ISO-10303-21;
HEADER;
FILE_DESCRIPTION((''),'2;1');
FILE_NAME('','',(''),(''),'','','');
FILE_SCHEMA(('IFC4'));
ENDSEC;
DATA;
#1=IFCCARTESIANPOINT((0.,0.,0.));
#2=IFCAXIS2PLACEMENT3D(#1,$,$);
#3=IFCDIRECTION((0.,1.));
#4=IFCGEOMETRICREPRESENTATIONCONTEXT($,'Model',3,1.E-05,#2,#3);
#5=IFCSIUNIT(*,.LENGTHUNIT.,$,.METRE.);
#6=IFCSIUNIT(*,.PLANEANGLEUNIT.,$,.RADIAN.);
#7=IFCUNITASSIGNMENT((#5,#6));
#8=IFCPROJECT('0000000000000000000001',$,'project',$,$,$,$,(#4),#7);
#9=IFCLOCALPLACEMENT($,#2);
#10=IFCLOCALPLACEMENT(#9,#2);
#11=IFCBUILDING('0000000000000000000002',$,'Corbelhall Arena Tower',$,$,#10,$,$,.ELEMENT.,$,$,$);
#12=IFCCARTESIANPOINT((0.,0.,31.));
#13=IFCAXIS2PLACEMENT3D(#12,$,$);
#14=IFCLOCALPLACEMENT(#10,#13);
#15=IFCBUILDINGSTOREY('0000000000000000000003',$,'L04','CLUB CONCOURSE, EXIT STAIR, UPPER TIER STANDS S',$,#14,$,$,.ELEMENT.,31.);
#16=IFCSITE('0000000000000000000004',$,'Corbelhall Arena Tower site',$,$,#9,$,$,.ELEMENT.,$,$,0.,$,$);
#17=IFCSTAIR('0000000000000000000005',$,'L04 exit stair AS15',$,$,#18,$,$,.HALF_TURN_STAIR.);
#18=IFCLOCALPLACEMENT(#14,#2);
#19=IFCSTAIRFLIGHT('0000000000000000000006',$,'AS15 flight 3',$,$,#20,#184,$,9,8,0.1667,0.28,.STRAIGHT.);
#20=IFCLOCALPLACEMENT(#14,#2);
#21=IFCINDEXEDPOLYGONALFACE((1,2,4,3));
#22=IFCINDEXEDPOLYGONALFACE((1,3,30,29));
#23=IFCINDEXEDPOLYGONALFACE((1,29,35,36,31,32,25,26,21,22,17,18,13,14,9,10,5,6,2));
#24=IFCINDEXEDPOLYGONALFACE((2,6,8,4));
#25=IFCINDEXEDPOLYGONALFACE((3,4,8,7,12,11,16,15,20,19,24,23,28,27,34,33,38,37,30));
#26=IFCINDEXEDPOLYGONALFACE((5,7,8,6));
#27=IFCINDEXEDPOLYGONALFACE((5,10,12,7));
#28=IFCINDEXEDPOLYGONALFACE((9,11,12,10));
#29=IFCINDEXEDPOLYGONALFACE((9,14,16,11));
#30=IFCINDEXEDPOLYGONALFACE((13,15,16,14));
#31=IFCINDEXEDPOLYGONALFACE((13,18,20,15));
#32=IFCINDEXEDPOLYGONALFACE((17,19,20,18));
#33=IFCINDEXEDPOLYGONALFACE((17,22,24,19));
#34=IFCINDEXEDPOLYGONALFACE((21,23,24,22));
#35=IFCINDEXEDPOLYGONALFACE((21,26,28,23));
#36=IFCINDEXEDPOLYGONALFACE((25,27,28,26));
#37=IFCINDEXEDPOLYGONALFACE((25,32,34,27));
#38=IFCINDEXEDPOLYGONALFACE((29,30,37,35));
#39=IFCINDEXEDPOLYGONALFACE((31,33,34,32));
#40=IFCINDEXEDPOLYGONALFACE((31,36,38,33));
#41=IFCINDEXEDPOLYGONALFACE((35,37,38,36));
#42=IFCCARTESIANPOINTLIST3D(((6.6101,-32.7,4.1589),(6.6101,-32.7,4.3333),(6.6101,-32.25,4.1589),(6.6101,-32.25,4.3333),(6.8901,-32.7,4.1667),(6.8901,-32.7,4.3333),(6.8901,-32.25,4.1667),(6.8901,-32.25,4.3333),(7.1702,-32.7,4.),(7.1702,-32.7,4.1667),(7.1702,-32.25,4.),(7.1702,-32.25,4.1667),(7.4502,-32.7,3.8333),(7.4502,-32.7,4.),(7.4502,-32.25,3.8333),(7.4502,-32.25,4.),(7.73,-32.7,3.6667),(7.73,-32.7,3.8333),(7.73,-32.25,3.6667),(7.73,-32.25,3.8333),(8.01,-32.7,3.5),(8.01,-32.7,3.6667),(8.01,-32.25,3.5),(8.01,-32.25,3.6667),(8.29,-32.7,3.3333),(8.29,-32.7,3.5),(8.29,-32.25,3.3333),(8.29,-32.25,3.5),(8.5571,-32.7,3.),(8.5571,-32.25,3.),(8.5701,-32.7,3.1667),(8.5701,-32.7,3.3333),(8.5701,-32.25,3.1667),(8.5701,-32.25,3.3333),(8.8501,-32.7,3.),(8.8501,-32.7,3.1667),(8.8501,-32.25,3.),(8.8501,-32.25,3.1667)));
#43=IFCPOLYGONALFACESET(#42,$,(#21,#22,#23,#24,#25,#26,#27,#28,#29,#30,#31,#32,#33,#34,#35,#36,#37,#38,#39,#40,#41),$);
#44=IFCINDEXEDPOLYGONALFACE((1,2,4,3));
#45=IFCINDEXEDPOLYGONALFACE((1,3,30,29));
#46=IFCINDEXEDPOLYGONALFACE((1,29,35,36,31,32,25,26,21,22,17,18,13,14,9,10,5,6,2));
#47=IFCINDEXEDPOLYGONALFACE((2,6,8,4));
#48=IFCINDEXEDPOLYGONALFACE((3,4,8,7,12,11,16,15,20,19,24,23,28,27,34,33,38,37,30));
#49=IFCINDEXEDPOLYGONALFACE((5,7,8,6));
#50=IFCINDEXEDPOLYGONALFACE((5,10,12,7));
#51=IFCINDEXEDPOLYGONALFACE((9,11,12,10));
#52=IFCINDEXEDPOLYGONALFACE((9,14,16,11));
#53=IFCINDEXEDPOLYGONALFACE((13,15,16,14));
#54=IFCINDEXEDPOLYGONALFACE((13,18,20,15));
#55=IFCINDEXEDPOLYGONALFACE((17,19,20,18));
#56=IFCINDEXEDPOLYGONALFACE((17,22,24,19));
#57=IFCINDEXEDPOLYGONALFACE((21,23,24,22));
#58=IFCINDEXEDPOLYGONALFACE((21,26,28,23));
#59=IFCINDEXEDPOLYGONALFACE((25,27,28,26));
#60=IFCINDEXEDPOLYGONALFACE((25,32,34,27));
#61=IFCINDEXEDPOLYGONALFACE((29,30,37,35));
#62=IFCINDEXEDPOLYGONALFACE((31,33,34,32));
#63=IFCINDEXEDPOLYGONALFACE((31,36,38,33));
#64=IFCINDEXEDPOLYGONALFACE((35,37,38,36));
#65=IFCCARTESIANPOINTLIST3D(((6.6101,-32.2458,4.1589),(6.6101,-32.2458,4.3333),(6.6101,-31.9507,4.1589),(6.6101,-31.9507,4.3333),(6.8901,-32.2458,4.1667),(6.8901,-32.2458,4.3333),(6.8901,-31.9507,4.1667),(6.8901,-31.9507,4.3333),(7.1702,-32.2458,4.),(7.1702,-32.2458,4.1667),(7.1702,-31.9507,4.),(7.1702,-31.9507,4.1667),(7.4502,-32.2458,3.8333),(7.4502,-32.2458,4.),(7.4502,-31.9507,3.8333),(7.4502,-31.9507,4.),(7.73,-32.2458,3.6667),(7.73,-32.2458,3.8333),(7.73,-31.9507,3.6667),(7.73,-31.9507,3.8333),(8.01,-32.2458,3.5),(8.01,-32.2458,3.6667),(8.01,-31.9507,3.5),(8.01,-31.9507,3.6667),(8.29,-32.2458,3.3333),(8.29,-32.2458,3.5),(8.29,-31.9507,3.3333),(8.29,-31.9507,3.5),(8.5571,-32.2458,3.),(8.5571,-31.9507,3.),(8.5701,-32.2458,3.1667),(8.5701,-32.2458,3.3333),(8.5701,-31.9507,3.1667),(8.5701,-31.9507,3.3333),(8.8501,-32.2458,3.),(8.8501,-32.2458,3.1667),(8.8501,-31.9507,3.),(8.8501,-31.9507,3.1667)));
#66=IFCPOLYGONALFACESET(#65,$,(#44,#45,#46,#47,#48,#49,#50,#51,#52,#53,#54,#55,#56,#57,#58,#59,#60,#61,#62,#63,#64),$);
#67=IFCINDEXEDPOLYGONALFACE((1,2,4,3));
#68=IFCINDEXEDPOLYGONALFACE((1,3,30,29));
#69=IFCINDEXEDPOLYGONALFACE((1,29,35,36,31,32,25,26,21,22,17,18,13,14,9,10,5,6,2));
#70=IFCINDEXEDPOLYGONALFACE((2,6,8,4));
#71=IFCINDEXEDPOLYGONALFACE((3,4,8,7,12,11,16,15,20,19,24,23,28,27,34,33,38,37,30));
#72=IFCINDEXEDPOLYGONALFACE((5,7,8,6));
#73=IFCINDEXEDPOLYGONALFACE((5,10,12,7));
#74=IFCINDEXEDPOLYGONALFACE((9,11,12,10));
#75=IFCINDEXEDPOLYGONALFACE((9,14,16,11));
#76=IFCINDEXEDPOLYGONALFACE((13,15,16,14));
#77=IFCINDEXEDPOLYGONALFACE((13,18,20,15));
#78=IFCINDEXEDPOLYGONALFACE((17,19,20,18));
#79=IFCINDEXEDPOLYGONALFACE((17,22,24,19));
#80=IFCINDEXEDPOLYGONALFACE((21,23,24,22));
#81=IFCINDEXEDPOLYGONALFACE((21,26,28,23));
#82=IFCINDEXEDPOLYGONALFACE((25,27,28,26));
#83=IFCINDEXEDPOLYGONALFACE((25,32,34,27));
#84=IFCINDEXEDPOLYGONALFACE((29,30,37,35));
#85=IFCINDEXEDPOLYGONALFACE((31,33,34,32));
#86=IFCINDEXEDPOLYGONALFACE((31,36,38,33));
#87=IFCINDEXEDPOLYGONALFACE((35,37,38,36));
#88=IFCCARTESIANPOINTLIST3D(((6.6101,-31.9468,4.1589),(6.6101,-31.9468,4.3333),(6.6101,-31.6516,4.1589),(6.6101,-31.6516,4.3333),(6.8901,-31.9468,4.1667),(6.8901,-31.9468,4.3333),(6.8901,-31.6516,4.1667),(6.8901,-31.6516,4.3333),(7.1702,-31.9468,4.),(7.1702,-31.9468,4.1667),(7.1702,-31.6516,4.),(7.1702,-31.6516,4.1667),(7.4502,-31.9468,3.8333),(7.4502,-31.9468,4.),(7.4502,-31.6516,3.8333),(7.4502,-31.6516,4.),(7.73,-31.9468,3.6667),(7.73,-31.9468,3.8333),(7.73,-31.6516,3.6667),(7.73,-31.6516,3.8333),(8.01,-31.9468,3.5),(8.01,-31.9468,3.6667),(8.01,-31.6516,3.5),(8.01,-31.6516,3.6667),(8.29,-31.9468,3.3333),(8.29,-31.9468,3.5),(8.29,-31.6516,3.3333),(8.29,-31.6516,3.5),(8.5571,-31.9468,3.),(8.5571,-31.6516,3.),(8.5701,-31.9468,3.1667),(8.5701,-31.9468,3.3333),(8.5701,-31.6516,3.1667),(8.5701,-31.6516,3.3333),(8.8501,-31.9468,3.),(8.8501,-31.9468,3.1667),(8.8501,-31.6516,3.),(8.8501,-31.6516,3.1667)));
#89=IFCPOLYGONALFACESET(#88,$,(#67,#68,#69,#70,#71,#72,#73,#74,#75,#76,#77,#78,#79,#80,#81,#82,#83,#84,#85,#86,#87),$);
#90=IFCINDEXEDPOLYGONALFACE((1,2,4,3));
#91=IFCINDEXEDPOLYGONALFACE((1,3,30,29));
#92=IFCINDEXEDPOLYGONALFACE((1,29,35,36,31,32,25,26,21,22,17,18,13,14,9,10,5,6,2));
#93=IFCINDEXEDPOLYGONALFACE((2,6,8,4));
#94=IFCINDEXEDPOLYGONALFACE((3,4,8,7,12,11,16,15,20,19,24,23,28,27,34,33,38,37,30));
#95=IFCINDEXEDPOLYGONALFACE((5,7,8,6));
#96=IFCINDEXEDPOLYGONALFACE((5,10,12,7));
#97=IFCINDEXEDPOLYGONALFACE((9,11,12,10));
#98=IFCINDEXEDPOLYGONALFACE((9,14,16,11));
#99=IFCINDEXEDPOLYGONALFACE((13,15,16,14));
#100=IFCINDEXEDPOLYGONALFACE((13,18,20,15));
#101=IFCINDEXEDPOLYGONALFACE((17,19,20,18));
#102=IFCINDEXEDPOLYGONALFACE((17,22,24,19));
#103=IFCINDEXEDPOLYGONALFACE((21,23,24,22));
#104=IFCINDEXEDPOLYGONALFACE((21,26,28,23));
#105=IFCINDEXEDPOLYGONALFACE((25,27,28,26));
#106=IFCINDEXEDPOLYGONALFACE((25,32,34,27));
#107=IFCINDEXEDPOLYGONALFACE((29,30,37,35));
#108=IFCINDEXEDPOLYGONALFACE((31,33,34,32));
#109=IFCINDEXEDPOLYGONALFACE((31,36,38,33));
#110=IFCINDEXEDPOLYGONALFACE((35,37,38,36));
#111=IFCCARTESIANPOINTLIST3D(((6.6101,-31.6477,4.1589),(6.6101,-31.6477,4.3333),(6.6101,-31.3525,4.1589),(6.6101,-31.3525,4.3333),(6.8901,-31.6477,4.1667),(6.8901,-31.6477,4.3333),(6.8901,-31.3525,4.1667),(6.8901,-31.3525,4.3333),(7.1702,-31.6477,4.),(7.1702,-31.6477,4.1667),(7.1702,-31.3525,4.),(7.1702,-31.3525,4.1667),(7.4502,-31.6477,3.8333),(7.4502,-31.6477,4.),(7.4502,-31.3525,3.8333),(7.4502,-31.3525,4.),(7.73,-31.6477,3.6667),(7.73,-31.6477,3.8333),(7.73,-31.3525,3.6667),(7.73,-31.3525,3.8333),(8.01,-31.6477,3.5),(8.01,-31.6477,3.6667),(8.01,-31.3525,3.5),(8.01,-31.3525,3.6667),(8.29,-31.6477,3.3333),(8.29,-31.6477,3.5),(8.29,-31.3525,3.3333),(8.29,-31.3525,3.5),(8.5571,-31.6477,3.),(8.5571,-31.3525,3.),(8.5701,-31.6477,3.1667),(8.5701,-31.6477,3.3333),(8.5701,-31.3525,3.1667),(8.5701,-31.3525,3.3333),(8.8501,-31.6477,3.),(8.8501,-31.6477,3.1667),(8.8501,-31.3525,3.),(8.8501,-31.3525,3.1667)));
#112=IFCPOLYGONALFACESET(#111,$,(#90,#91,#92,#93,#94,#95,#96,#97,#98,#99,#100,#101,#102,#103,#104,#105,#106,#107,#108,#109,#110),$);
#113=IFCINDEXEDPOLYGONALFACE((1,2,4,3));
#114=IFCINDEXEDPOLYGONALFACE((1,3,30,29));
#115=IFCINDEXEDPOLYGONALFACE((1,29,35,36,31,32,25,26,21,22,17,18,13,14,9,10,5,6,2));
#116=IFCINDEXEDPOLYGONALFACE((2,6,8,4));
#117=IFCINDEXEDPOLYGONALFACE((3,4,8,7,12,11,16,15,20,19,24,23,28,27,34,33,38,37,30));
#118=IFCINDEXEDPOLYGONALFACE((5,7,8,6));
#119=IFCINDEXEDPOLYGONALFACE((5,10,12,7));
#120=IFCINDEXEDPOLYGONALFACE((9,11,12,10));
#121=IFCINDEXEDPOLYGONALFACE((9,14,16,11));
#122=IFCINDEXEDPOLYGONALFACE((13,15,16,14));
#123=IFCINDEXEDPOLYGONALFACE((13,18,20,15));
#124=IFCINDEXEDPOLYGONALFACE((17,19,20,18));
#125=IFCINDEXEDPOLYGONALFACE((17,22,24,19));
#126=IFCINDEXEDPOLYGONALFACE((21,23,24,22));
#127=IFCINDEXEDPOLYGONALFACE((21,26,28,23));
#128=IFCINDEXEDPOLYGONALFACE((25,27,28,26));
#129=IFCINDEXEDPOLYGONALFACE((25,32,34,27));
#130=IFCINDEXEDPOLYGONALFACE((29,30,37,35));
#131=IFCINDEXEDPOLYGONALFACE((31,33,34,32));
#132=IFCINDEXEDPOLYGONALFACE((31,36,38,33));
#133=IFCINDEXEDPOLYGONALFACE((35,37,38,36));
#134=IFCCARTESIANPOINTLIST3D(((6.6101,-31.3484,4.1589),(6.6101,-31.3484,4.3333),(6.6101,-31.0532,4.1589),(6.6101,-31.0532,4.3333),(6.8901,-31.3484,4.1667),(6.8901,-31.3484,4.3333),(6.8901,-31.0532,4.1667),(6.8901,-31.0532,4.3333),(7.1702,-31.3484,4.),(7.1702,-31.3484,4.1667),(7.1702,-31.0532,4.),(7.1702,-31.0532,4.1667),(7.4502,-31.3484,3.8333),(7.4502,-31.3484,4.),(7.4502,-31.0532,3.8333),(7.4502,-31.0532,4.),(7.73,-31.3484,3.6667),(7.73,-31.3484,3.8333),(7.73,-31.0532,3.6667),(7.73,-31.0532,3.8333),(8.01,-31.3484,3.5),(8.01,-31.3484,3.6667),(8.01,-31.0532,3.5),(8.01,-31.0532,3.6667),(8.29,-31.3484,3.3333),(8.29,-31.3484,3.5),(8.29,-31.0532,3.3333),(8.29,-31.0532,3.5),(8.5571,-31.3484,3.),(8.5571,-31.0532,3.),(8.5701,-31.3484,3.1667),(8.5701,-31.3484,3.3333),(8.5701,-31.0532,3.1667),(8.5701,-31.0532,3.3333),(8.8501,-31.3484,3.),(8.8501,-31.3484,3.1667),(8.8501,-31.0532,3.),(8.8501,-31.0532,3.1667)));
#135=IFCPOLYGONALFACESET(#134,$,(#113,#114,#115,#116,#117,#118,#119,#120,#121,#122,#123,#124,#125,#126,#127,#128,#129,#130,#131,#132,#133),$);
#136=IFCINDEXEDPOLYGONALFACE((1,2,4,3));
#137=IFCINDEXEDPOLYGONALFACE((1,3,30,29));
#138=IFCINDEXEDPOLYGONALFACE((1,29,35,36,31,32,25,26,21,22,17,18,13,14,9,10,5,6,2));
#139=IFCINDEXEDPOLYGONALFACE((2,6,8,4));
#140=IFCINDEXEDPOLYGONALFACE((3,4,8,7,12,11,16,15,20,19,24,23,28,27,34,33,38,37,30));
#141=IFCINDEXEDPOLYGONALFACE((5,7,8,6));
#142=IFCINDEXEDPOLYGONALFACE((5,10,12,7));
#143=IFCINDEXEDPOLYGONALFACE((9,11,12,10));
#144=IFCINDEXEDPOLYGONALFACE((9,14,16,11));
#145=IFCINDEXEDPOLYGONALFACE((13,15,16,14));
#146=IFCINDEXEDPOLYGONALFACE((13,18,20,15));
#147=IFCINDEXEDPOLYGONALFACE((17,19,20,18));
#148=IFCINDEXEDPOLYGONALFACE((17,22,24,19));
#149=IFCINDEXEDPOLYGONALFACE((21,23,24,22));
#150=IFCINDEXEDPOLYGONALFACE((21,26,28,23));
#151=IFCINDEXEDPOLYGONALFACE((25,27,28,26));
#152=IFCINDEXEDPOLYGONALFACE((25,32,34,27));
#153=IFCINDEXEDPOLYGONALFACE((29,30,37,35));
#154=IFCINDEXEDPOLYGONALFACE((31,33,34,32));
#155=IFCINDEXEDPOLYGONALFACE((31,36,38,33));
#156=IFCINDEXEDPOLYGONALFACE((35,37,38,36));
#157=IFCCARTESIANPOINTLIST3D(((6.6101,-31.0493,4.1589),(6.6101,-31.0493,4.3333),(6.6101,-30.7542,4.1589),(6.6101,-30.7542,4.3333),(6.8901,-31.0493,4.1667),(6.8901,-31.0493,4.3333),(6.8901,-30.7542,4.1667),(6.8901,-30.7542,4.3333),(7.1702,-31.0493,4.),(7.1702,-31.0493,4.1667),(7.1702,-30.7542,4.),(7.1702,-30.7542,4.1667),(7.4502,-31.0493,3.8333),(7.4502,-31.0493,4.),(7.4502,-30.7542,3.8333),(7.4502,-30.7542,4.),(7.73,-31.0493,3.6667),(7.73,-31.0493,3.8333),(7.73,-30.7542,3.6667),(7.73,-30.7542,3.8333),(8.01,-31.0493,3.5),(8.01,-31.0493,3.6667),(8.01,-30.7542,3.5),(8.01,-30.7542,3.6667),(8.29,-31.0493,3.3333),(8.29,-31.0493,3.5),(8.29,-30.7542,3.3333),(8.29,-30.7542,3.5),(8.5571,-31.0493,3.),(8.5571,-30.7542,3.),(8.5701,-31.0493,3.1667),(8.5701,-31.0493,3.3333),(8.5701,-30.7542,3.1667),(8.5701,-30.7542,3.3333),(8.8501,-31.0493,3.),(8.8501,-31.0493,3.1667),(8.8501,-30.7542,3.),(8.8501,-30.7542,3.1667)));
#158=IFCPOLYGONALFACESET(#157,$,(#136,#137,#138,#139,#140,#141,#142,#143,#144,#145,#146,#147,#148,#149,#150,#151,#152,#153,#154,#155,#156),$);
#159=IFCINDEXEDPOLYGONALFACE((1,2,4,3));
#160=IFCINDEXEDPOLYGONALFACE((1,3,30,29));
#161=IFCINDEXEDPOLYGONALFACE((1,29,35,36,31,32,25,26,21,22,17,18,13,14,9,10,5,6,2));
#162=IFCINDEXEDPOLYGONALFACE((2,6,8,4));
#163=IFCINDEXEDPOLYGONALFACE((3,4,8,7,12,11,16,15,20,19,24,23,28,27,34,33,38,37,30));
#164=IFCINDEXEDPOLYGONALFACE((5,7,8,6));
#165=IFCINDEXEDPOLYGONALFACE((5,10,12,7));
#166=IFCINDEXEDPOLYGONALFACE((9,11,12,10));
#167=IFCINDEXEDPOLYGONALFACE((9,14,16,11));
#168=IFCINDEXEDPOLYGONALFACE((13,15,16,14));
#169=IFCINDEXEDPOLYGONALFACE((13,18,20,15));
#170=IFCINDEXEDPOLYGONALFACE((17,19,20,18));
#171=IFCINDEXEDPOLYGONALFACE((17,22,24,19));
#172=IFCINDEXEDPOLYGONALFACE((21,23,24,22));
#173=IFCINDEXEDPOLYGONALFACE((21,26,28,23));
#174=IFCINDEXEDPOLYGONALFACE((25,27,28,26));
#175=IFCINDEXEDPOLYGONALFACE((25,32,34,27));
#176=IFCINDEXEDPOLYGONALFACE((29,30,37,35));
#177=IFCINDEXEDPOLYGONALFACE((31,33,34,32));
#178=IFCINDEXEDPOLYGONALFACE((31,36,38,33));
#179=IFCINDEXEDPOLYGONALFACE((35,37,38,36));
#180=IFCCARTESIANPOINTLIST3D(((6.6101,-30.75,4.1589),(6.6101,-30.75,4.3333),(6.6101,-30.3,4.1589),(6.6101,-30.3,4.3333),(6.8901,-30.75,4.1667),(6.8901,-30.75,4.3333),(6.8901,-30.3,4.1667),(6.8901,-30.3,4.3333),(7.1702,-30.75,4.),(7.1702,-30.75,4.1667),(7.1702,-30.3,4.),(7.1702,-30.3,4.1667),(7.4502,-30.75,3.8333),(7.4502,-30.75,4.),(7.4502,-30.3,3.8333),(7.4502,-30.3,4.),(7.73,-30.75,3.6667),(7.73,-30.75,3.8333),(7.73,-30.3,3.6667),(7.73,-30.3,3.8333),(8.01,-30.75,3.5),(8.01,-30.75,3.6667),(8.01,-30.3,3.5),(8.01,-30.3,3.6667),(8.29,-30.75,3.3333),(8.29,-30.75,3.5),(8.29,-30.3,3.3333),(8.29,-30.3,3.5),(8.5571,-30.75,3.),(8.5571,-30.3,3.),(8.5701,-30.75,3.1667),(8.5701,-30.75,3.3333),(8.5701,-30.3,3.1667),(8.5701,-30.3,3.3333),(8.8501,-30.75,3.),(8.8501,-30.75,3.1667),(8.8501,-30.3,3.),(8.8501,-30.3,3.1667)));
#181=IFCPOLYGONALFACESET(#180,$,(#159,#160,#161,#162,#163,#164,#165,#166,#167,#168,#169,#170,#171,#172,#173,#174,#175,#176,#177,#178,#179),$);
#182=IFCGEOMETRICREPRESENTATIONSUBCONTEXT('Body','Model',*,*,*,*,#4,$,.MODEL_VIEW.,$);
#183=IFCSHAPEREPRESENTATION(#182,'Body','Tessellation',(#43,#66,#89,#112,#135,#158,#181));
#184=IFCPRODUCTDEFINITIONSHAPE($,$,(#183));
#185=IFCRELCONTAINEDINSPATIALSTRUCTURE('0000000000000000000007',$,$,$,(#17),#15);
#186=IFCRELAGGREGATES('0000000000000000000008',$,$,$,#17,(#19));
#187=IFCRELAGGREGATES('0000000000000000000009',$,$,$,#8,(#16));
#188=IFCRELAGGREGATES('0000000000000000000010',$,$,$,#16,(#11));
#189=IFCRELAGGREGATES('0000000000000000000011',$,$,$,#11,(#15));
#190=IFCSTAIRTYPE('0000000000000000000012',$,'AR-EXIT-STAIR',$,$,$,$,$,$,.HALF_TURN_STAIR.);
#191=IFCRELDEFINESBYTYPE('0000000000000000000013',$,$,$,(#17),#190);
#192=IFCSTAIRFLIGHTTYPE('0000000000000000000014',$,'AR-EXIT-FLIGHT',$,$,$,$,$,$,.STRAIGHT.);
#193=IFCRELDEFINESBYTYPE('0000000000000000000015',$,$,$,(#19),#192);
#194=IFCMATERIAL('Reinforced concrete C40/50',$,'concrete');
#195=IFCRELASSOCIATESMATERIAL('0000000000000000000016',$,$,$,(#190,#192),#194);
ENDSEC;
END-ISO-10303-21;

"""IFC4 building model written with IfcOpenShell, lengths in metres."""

from ifc_helpers import new_model, si_unit, direction, frame, origin, place, context, subcontext, project, spatial, polyline, outline, extrude, material, type_object, element, aggregate, save


model = new_model("IFC4")

# Units and contexts
model_context = context("Model", 3, precision=1e-05, world=origin(), true_north=direction((0.0, 1.0)))
body_context = subcontext(model_context, "Body", "Model", "MODEL_VIEW")
ifc_project = project(units=[si_unit("LENGTHUNIT", "METRE"), si_unit("PLANEANGLEUNIT", "RADIAN")], contexts=[model_context])

# Site, building, storey
site_placement = place(None, origin())
site = spatial("IfcSite", under=ifc_project, at=site_placement, Name="Corbelhall Arena Tower site", CompositionType="ELEMENT", RefElevation=0.0)
building_placement = place(site_placement, origin())
building = spatial("IfcBuilding", under=site, at=building_placement, Name="Corbelhall Arena Tower", CompositionType="ELEMENT")
storey_placement = place(building_placement, frame((0.0, 0.0, 31.0)))
storey = spatial("IfcBuildingStorey", under=building, at=storey_placement, Name="L04", Description="CLUB CONCOURSE, EXIT STAIR, UPPER TIER STANDS S", CompositionType="ELEMENT", Elevation=31.0)

# Shared definitions
ifc_material_1 = material(Name="Reinforced concrete C40/50", Category="concrete")

# Stair, stair flight
stair_type = type_object("IfcStairType", Name="AR-EXIT-STAIR", PredefinedType="HALF_TURN_STAIR", material=ifc_material_1)
stair_1_placement = place(storey_placement, origin())
stair_1 = element("IfcStair", 1, at=stair_1_placement, inside=storey, type_object=stair_type, Name="L04 exit stair AS15", PredefinedType="HALF_TURN_STAIR")
stair_flight_type = type_object("IfcStairFlightType", Name="AR-EXIT-FLIGHT", PredefinedType="STRAIGHT", material=ifc_material_1)
stair_flight_1_placement = place(storey_placement, frame((8.8501, -31.5, 3.0), z_axis=(0.0, 0.0, 1.0), x_axis=(-1.0, 0.0, 0.0)))
stair_flight_1 = element("IfcStairFlight", 2, at=stair_flight_1_placement, type_object=stair_flight_type, Name="AS15 flight 3", NumberOfRisers=9, NumberOfTreads=8, PredefinedType="STRAIGHT", RiserHeight=0.1667, TreadLength=0.28, context=body_context, shape_type="SweptSolid", body=[
    extrude(outline(polyline([(0.0, 0.0), (0.0, 0.1667), (0.28, 0.1667), (0.28, 0.3333), (0.5601, 0.3333), (0.5601, 0.5), (0.8401, 0.5), (0.8401, 0.6667), (1.1201, 0.6667), (1.1201, 0.8333), (1.3999, 0.8333), (1.3999, 1.0), (1.6799, 1.0), (1.6799, 1.1667), (1.96, 1.1667), (1.96, 1.3333), (2.24, 1.3333), (2.24, 1.5), (2.24, 1.1589), (0.293, 0.0), (0.0, 0.0)])), frame((0.0, 1.2, 0.0), z_axis=(0.0, -1.0, 0.0), x_axis=(1.0, 0.0, 0.0)), (0.0, 0.0, 1.0), 0.45),
    extrude(outline(polyline([(0.0, 0.0), (0.0, 0.1667), (0.28, 0.1667), (0.28, 0.3333), (0.5601, 0.3333), (0.5601, 0.5), (0.8401, 0.5), (0.8401, 0.6667), (1.1201, 0.6667), (1.1201, 0.8333), (1.3999, 0.8333), (1.3999, 1.0), (1.6799, 1.0), (1.6799, 1.1667), (1.96, 1.1667), (1.96, 1.3333), (2.24, 1.3333), (2.24, 1.5), (2.24, 1.1589), (0.293, 0.0), (0.0, 0.0)])), frame((0.0, 0.7458, 0.0), z_axis=(0.0, -1.0, 0.0), x_axis=(1.0, 0.0, 0.0)), (0.0, 0.0, 1.0), 0.2952),
    extrude(outline(polyline([(0.0, 0.0), (0.0, 0.1667), (0.28, 0.1667), (0.28, 0.3333), (0.5601, 0.3333), (0.5601, 0.5), (0.8401, 0.5), (0.8401, 0.6667), (1.1201, 0.6667), (1.1201, 0.8333), (1.3999, 0.8333), (1.3999, 1.0), (1.6799, 1.0), (1.6799, 1.1667), (1.96, 1.1667), (1.96, 1.3333), (2.24, 1.3333), (2.24, 1.5), (2.24, 1.1589), (0.293, 0.0), (0.0, 0.0)])), frame((0.0, 0.4468, 0.0), z_axis=(0.0, -1.0, 0.0), x_axis=(1.0, 0.0, 0.0)), (0.0, 0.0, 1.0), 0.2952),
    extrude(outline(polyline([(0.0, 0.0), (0.0, 0.1667), (0.28, 0.1667), (0.28, 0.3333), (0.5601, 0.3333), (0.5601, 0.5), (0.8401, 0.5), (0.8401, 0.6667), (1.1201, 0.6667), (1.1201, 0.8333), (1.3999, 0.8333), (1.3999, 1.0), (1.6799, 1.0), (1.6799, 1.1667), (1.96, 1.1667), (1.96, 1.3333), (2.24, 1.3333), (2.24, 1.5), (2.24, 1.1589), (0.293, 0.0), (0.0, 0.0)])), frame((0.0, 0.1477, 0.0), z_axis=(0.0, -1.0, 0.0), x_axis=(1.0, 0.0, 0.0)), (0.0, 0.0, 1.0), 0.2952),
    extrude(outline(polyline([(0.0, 0.0), (0.0, 0.1667), (0.28, 0.1667), (0.28, 0.3333), (0.5601, 0.3333), (0.5601, 0.5), (0.8401, 0.5), (0.8401, 0.6667), (1.1201, 0.6667), (1.1201, 0.8333), (1.3999, 0.8333), (1.3999, 1.0), (1.6799, 1.0), (1.6799, 1.1667), (1.96, 1.1667), (1.96, 1.3333), (2.24, 1.3333), (2.24, 1.5), (2.24, 1.1589), (0.293, 0.0), (0.0, 0.0)])), frame((0.0, -0.1516, 0.0), z_axis=(0.0, -1.0, 0.0), x_axis=(1.0, 0.0, 0.0)), (0.0, 0.0, 1.0), 0.2952),
    extrude(outline(polyline([(0.0, 0.0), (0.0, 0.1667), (0.28, 0.1667), (0.28, 0.3333), (0.5601, 0.3333), (0.5601, 0.5), (0.8401, 0.5), (0.8401, 0.6667), (1.1201, 0.6667), (1.1201, 0.8333), (1.3999, 0.8333), (1.3999, 1.0), (1.6799, 1.0), (1.6799, 1.1667), (1.96, 1.1667), (1.96, 1.3333), (2.24, 1.3333), (2.24, 1.5), (2.24, 1.1589), (0.293, 0.0), (0.0, 0.0)])), frame((0.0, -0.4507, 0.0), z_axis=(0.0, -1.0, 0.0), x_axis=(1.0, 0.0, 0.0)), (0.0, 0.0, 1.0), 0.2952),
    extrude(outline(polyline([(0.0, 0.0), (0.0, 0.1667), (0.28, 0.1667), (0.28, 0.3333), (0.5601, 0.3333), (0.5601, 0.5), (0.8401, 0.5), (0.8401, 0.6667), (1.1201, 0.6667), (1.1201, 0.8333), (1.3999, 0.8333), (1.3999, 1.0), (1.6799, 1.0), (1.6799, 1.1667), (1.96, 1.1667), (1.96, 1.3333), (2.24, 1.3333), (2.24, 1.5), (2.24, 1.1589), (0.293, 0.0), (0.0, 0.0)])), frame((0.0, -0.75, 0.0), z_axis=(0.0, -1.0, 0.0), x_axis=(1.0, 0.0, 0.0)), (0.0, 0.0, 1.0), 0.45),
])
aggregate(stair_1, [stair_flight_1])

save(model, "model.ifc")
